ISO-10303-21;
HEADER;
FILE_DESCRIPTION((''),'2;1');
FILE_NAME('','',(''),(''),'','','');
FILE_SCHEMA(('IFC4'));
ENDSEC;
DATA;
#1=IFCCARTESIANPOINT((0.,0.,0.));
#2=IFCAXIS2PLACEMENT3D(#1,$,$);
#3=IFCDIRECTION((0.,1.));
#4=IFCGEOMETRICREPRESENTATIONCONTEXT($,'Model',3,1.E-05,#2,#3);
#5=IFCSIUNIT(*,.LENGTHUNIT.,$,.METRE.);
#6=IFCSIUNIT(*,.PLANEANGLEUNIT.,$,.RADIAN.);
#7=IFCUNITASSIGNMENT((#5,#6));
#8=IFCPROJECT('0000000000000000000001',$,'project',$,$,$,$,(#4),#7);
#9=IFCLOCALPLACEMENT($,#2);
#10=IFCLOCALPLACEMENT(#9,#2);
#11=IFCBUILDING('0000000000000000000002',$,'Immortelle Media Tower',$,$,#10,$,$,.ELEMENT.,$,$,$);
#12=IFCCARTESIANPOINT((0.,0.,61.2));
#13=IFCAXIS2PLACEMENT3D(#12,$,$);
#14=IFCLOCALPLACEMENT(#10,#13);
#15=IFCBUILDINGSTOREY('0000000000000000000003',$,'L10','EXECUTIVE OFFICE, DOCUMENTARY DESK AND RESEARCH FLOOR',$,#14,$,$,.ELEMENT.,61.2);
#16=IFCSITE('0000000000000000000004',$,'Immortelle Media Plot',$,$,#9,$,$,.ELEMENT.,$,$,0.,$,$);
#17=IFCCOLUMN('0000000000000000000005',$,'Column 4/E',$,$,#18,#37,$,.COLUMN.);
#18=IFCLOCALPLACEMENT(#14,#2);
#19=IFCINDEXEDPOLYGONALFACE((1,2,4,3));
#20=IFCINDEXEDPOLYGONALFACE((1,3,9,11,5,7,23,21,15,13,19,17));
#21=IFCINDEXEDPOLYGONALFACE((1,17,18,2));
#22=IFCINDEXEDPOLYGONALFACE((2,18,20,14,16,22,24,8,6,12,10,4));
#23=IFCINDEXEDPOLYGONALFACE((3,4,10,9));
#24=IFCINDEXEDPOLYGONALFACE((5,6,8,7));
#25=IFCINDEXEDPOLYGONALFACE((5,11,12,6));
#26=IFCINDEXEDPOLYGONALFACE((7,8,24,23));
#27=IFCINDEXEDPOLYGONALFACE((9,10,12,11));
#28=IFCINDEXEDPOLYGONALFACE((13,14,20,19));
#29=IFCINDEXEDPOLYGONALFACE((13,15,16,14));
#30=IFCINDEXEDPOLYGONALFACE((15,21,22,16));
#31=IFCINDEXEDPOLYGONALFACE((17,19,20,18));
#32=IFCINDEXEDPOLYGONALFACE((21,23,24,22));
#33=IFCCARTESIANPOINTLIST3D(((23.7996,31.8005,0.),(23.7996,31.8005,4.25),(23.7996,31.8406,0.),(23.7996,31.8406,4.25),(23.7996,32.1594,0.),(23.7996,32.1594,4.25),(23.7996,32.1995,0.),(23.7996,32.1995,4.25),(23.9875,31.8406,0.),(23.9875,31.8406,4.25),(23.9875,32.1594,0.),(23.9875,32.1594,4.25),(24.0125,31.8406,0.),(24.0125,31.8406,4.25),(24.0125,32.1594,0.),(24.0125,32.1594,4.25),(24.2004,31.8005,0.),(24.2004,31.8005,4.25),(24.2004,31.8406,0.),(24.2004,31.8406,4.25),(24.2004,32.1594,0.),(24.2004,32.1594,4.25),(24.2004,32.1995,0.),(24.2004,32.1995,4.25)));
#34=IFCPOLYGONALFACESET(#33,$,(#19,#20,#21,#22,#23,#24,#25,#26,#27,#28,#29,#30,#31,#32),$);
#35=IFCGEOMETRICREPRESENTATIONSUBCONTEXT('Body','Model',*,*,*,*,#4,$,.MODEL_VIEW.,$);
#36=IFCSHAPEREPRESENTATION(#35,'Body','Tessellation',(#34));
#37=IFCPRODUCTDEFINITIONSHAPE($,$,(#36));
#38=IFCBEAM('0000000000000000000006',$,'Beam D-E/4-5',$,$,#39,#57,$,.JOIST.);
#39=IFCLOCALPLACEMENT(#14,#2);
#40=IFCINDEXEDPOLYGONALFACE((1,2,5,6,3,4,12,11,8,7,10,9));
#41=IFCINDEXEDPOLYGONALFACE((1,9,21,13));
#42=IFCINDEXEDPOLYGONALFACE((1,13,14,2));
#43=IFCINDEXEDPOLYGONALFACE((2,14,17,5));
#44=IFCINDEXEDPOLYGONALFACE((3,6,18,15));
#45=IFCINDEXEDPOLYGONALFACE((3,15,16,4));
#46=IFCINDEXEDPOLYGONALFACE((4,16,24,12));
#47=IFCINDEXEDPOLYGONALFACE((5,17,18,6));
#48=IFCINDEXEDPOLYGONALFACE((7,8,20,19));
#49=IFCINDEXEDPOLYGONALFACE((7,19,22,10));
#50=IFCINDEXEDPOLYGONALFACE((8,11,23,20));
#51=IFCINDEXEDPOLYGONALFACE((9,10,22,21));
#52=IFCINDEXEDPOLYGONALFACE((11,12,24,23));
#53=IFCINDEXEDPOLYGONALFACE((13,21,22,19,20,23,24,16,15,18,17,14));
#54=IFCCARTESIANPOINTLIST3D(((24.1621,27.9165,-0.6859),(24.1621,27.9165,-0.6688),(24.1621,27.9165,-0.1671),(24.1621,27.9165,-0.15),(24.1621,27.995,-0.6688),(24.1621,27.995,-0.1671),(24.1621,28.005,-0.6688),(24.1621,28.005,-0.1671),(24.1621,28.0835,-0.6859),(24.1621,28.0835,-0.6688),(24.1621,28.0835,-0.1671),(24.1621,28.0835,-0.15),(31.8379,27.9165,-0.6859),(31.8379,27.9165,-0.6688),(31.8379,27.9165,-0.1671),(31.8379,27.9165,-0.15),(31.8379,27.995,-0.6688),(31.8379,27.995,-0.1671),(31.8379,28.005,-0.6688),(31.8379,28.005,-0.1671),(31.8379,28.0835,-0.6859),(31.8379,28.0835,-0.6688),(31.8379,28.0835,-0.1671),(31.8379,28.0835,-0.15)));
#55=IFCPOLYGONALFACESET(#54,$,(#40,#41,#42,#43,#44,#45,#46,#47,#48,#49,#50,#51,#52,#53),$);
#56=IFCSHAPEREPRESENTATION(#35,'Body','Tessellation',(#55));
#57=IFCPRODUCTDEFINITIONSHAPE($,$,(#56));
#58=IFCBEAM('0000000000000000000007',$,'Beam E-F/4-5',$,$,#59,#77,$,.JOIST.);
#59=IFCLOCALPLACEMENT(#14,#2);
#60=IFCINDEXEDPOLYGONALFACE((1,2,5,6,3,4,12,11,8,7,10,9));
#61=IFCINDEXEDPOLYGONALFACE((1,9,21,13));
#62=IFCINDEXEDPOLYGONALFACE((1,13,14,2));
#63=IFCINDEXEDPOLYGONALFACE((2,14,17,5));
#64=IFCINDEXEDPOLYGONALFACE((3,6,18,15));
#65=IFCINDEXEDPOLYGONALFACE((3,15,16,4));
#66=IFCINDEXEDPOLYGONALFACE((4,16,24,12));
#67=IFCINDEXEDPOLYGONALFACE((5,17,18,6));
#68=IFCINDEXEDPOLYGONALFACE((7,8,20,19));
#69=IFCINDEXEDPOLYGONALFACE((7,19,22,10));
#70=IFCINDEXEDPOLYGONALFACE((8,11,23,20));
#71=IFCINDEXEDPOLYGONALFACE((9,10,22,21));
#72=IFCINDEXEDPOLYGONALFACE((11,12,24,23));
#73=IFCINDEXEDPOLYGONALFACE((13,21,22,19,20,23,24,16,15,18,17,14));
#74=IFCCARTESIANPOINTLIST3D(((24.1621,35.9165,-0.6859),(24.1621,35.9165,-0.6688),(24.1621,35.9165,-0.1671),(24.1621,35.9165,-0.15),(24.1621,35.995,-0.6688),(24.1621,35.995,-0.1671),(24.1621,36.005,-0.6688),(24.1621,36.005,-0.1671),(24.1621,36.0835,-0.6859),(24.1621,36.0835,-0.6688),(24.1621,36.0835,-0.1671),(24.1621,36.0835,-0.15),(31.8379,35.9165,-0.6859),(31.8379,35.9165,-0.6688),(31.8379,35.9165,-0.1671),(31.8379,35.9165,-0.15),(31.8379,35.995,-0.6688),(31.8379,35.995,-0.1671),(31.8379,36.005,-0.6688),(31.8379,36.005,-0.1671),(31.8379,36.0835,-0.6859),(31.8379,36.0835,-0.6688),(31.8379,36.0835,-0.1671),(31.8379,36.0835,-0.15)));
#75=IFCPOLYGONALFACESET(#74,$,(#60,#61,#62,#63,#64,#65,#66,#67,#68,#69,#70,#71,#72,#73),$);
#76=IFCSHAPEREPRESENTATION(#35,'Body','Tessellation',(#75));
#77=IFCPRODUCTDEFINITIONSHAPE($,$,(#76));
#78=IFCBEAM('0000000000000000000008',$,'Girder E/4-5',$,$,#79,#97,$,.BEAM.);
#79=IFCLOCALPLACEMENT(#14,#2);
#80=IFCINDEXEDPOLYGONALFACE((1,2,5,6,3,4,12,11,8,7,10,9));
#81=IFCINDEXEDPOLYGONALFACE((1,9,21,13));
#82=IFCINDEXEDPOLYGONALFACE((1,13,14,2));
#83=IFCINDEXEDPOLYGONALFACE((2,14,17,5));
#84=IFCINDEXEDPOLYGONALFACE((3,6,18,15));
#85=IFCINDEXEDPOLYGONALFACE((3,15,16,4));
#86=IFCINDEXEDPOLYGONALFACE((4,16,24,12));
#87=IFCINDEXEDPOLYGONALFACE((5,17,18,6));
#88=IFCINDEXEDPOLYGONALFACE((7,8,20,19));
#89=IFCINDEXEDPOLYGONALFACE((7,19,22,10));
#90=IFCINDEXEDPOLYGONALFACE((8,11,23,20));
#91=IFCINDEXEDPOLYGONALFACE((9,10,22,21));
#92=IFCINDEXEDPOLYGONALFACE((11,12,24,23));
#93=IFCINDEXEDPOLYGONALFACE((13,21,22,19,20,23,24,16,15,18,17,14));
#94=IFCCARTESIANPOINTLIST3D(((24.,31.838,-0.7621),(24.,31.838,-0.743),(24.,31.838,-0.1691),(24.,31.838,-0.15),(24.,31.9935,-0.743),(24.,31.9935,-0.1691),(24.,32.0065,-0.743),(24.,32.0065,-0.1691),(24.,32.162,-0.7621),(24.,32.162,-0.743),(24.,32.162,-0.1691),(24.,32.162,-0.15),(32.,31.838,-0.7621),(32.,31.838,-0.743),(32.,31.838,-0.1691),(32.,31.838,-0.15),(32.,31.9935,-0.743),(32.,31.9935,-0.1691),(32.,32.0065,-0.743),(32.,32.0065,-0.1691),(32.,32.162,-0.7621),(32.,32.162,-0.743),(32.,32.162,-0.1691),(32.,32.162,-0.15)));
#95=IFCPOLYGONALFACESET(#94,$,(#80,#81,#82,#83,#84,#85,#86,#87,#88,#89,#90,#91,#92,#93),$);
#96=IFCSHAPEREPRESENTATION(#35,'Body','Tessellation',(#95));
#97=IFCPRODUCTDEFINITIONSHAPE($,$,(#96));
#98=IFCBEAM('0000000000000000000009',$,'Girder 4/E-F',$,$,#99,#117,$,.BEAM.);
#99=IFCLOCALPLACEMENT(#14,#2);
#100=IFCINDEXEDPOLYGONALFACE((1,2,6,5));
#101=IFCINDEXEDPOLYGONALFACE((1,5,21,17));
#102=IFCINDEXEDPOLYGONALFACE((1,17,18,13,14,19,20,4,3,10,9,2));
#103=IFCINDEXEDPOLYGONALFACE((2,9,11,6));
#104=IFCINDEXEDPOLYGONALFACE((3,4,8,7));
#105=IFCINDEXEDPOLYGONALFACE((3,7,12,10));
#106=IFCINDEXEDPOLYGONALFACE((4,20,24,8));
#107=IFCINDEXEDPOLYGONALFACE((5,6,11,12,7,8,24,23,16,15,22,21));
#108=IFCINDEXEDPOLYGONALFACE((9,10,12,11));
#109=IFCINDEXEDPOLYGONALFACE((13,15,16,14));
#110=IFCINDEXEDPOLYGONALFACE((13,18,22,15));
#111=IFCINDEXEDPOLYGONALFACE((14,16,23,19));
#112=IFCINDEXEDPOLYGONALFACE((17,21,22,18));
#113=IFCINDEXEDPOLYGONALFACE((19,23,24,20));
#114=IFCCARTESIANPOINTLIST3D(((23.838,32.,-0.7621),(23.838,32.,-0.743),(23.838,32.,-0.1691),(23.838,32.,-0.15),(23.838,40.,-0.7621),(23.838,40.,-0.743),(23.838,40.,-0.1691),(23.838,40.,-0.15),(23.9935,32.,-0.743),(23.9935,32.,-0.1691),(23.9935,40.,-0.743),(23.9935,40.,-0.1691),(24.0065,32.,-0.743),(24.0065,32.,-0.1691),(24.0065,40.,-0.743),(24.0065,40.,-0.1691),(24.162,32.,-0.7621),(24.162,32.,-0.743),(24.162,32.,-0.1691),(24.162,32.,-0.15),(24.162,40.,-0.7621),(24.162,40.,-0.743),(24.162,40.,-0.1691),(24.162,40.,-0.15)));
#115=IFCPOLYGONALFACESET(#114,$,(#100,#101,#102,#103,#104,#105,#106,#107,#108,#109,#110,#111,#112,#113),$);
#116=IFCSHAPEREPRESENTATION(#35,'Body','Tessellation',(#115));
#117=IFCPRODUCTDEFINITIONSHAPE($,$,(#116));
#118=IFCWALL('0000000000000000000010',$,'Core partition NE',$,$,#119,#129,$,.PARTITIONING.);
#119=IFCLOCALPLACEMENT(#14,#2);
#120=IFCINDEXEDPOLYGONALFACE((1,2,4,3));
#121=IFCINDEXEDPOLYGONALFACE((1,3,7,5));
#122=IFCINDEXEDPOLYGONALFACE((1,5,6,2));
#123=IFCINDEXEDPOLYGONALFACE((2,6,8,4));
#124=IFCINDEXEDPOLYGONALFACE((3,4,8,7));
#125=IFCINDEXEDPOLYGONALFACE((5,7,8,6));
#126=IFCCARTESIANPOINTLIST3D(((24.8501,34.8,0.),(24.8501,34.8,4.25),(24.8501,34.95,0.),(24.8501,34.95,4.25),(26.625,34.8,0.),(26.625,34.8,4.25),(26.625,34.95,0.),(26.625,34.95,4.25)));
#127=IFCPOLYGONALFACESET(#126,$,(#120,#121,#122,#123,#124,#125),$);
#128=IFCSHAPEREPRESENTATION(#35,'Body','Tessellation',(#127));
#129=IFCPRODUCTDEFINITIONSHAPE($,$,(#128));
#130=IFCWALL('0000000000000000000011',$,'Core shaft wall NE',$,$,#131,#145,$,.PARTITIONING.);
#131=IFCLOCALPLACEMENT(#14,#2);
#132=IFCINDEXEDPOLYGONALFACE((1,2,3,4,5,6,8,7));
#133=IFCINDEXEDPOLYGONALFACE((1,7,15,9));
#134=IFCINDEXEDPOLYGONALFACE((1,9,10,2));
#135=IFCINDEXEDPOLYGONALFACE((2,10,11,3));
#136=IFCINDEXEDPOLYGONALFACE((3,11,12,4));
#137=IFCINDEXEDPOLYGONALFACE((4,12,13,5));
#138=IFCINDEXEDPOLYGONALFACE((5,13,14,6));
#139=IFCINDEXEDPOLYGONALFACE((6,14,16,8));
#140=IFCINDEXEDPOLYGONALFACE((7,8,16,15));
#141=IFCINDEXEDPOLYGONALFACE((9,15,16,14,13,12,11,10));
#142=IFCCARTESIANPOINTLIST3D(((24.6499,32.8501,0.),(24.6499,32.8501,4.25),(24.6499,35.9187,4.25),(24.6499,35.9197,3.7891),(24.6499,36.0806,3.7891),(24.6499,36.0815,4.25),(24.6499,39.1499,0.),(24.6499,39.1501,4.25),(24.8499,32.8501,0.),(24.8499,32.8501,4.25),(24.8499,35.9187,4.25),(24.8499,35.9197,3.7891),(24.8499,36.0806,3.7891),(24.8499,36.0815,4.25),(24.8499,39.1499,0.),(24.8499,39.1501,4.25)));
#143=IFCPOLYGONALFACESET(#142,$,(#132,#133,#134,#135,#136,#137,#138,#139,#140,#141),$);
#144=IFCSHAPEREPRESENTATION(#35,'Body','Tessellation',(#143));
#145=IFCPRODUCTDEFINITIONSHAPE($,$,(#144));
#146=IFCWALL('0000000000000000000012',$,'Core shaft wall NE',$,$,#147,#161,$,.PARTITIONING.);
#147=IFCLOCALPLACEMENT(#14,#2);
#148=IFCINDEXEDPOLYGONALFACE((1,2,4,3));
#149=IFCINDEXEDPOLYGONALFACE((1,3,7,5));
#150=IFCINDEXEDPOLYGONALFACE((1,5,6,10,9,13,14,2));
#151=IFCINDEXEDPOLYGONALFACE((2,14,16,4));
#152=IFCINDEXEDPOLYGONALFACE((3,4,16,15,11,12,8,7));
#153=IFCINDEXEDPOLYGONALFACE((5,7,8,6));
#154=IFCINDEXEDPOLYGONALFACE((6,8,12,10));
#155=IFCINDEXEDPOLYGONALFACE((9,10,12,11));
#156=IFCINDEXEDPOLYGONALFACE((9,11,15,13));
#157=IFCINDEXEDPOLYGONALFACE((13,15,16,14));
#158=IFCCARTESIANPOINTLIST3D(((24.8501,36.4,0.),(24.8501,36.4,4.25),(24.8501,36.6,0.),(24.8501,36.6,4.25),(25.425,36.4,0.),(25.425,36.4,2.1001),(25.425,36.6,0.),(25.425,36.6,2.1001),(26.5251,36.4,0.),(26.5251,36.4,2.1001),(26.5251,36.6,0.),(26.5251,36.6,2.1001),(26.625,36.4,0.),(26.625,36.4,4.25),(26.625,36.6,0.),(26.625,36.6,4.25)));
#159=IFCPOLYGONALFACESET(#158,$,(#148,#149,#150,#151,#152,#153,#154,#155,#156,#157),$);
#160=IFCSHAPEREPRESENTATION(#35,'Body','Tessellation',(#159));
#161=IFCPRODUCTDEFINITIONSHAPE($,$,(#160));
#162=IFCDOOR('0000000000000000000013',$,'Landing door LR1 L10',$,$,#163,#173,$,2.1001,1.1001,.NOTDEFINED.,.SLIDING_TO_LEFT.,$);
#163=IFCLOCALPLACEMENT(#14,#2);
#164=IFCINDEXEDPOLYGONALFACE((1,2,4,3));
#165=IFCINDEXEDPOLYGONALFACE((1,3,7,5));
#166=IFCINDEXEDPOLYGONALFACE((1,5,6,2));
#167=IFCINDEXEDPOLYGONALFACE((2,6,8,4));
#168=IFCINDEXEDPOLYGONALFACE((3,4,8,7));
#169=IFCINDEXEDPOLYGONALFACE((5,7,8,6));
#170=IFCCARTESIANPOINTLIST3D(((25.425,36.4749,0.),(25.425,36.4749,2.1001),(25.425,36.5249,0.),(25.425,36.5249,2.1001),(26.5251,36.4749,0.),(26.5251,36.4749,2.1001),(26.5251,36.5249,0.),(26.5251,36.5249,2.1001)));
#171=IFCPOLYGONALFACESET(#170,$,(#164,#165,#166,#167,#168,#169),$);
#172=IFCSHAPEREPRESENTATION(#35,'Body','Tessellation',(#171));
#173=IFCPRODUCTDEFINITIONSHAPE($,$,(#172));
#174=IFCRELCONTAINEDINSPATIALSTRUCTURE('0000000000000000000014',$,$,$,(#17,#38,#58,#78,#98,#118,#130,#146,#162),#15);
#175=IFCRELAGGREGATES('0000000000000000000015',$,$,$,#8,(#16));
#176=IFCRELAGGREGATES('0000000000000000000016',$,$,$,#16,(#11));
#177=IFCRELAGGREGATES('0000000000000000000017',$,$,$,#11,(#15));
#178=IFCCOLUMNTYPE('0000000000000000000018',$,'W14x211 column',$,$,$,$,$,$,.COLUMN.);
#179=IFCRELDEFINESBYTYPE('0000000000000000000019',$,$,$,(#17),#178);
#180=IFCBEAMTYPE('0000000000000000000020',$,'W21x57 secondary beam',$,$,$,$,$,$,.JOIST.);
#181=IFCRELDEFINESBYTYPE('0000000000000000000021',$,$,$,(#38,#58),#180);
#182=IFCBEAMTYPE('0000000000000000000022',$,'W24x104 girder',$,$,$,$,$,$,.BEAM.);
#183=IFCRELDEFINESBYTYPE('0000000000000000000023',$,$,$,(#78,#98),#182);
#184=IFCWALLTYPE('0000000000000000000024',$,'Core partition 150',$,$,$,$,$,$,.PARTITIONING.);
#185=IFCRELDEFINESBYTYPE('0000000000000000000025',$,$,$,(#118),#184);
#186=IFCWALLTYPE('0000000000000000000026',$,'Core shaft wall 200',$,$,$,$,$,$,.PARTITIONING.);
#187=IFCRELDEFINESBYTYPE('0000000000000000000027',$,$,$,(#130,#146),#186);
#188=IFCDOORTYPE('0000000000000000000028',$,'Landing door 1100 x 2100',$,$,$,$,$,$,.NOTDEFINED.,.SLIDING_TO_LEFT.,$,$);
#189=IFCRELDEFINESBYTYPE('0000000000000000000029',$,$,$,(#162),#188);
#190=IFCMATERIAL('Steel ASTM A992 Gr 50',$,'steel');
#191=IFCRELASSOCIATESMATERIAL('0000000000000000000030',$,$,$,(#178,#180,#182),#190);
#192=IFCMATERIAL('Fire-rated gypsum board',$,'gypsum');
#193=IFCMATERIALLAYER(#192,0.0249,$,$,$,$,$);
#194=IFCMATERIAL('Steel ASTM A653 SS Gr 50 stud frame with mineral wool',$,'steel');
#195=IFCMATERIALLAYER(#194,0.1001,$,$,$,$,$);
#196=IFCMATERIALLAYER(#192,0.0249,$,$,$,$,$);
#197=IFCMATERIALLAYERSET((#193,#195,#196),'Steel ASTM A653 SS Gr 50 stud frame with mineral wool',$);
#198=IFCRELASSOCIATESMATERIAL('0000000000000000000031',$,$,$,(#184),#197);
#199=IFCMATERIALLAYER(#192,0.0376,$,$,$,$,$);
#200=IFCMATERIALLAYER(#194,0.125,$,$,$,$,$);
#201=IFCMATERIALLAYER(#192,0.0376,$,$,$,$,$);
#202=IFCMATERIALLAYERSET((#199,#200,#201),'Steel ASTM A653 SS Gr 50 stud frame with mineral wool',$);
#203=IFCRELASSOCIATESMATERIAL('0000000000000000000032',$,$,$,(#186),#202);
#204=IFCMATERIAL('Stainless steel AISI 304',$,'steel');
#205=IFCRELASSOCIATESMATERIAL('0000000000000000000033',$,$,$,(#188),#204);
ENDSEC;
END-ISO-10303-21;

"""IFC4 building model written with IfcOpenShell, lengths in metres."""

from ifc_helpers import new_model, si_unit, direction, frame, frame_2d, origin, origin_2d, place, context, subcontext, project, spatial, polyline, rectangle, i_section, outline, extrude, material, layer, layer_set, material_profile, profile_set, type_object, element, fill, save


model = new_model("IFC4")

# Units and contexts
model_context = context("Model", 3, precision=1e-05, world=origin(), true_north=direction((0.0, 1.0)))
body_context = subcontext(model_context, "Body", "Model", "MODEL_VIEW")
ifc_project = project(units=[si_unit("LENGTHUNIT", "METRE"), si_unit("PLANEANGLEUNIT", "RADIAN")], contexts=[model_context])

# Site, building, storey
site_placement = place(None, origin())
site = spatial("IfcSite", under=ifc_project, at=site_placement, Name="Immortelle Media Plot", CompositionType="ELEMENT", RefElevation=0.0)
building_placement = place(site_placement, origin())
building = spatial("IfcBuilding", under=site, at=building_placement, Name="Immortelle Media Tower", CompositionType="ELEMENT")
storey_placement = place(building_placement, frame((0.0, 0.0, 61.2)))
storey = spatial("IfcBuildingStorey", under=building, at=storey_placement, Name="L10", Description="EXECUTIVE OFFICE, DOCUMENTARY DESK AND RESEARCH FLOOR", CompositionType="ELEMENT", Elevation=61.2)

# Column
ifc_material_1 = material(Name="Steel ASTM A992 Gr 50", Category="steel")
ifc_material_profile_1 = material_profile(ifc_material_1, i_section(OverallWidth=0.4009, OverallDepth=0.3989, WebThickness=0.0249, FlangeThickness=0.04, at=origin_2d()), Name="W14x211")
ifc_profile_set_1 = profile_set([ifc_material_profile_1], Name="Steel ASTM A992 Gr 50")
column_type = type_object("IfcColumnType", Name="W14x211 column", PredefinedType="COLUMN", material=ifc_profile_set_1)
column_placement = place(storey_placement, frame((24.0, 32.0, 0.0), z_axis=(0.0, 0.0, 1.0), x_axis=(1.0, 0.0, 0.0)))
element("IfcColumn", 1, at=column_placement, inside=storey, type_object=column_type, Name="Column 4/E", PredefinedType="COLUMN", context=body_context, shape_type="SweptSolid", body=[
    extrude(i_section(OverallWidth=0.4009, OverallDepth=0.3989, WebThickness=0.0249, FlangeThickness=0.04, at=origin_2d()), origin(), (0.0, 0.0, 1.0), 4.25),
])

# Beams
ifc_material_profile_2 = material_profile(ifc_material_1, i_section(OverallWidth=0.167, OverallDepth=0.5359, WebThickness=0.01, FlangeThickness=0.0171, at=origin_2d()), Name="W21x57")
ifc_profile_set_2 = profile_set([ifc_material_profile_2], Name="Steel ASTM A992 Gr 50")
beam_type_1 = type_object("IfcBeamType", Name="W21x57 secondary beam", PredefinedType="JOIST", material=ifc_profile_set_2)
for number, where, z_axis, x_axis, name in (
    (2, (24.1621, 28.0, -0.418), (1.0, 0.0, 0.0), (0.0, 1.0, 0.0), "Beam D-E/4-5"),
    (3, (24.1621, 36.0, -0.418), (1.0, 0.0, 0.0), (0.0, 1.0, 0.0), "Beam E-F/4-5"),
):
    element("IfcBeam", number, at=place(storey_placement, frame(where, z_axis=z_axis, x_axis=x_axis)), inside=storey, type_object=beam_type_1, Name=name, PredefinedType="JOIST", context=body_context, shape_type="SweptSolid", body=[
        extrude(i_section(OverallWidth=0.167, OverallDepth=0.5359, WebThickness=0.01, FlangeThickness=0.0171, at=origin_2d()), origin(), (0.0, 0.0, 1.0), 7.6758),
    ])
ifc_material_profile_3 = material_profile(ifc_material_1, i_section(OverallWidth=0.324, OverallDepth=0.6121, WebThickness=0.0129, FlangeThickness=0.019, at=origin_2d()), Name="W24x104")
ifc_profile_set_3 = profile_set([ifc_material_profile_3], Name="Steel ASTM A992 Gr 50")
beam_type_2 = type_object("IfcBeamType", Name="W24x104 girder", PredefinedType="BEAM", material=ifc_profile_set_3)
for number, where, z_axis, x_axis, name in (
    (4, (24.0, 32.0, -0.4561), (1.0, 0.0, 0.0), (0.0, 1.0, 0.0), "Girder E/4-5"),
    (5, (24.0, 32.0, -0.4561), (0.0, 1.0, 0.0), (-1.0, 0.0, 0.0), "Girder 4/E-F"),
):
    element("IfcBeam", number, at=place(storey_placement, frame(where, z_axis=z_axis, x_axis=x_axis)), inside=storey, type_object=beam_type_2, Name=name, PredefinedType="BEAM", context=body_context, shape_type="SweptSolid", body=[
        extrude(i_section(OverallWidth=0.324, OverallDepth=0.6121, WebThickness=0.0129, FlangeThickness=0.019, at=origin_2d()), origin(), (0.0, 0.0, 1.0), 8.0),
    ])

# Walls
ifc_material_2 = material(Name="Fire-rated gypsum board", Category="gypsum")
ifc_layer_1 = layer(ifc_material_2, 0.0249)
ifc_material_3 = material(Name="Steel ASTM A653 SS Gr 50 stud frame with mineral wool", Category="steel")
ifc_layer_2 = layer(ifc_material_3, 0.1001)
ifc_layer_3 = layer(ifc_material_2, 0.0249)
ifc_layer_set_1 = layer_set([ifc_layer_1, ifc_layer_2, ifc_layer_3], Name="Steel ASTM A653 SS Gr 50 stud frame with mineral wool")
wall_type_1 = type_object("IfcWallType", Name="Core partition 150", PredefinedType="PARTITIONING", material=ifc_layer_set_1)
wall_1_placement = place(storey_placement, frame((24.8501, 34.875, 0.0), z_axis=(0.0, 0.0, 1.0), x_axis=(1.0, 0.0, 0.0)))
element("IfcWall", 6, at=wall_1_placement, inside=storey, type_object=wall_type_1, Name="Core partition NE", PredefinedType="PARTITIONING", context=body_context, shape_type="SweptSolid", body=[
    extrude(rectangle(XDim=1.7749, YDim=0.1499, at=frame_2d((0.8875, 0.0))), origin(), (0.0, 0.0, 1.0), 4.25),
])
ifc_layer_4 = layer(ifc_material_2, 0.0376)
ifc_layer_5 = layer(ifc_material_3, 0.125)
ifc_layer_6 = layer(ifc_material_2, 0.0376)
ifc_layer_set_2 = layer_set([ifc_layer_4, ifc_layer_5, ifc_layer_6], Name="Steel ASTM A653 SS Gr 50 stud frame with mineral wool")
wall_type_2 = type_object("IfcWallType", Name="Core shaft wall 200", PredefinedType="PARTITIONING", material=ifc_layer_set_2)
wall_2_placement = place(storey_placement, frame((24.75, 32.8501, 0.0), z_axis=(0.0, 0.0, 1.0), x_axis=(0.0, 1.0, 0.0)))
element("IfcWall", 7, at=wall_2_placement, inside=storey, type_object=wall_type_2, Name="Core shaft wall NE", PredefinedType="PARTITIONING", context=body_context, shape_type="SweptSolid", body=[
    extrude(outline(polyline([(0.0, 0.0), (6.2998, 0.0), (6.3, 4.25), (3.2314, 4.25), (3.2305, 3.7891), (3.0696, 3.7891), (3.0686, 4.25), (0.0, 4.25), (0.0, 0.0)])), frame((0.0, 0.1001, 0.0), z_axis=(0.0, -1.0, 0.0), x_axis=(1.0, 0.0, 0.0)), (0.0, 0.0, 1.0), 0.2),
])

# Wall, opening, door
wall_3_placement = place(storey_placement, frame((24.8501, 36.5, 0.0), z_axis=(0.0, 0.0, 1.0), x_axis=(1.0, 0.0, 0.0)))
wall_3 = element("IfcWall", 8, at=wall_3_placement, inside=storey, type_object=wall_type_2, Name="Core shaft wall NE", PredefinedType="PARTITIONING", context=body_context, shape_type="SweptSolid", body=[
    extrude(rectangle(XDim=1.7749, YDim=0.2, at=frame_2d((0.8875, 0.0))), origin(), (0.0, 0.0, 1.0), 4.25),
])
opening_1_placement = place(wall_3_placement, frame((0.575, 0.0, 0.0)))
opening_1 = element("IfcOpeningElement", 9, at=opening_1_placement, cuts=wall_3, PredefinedType="OPENING", context=body_context, shape_type="SweptSolid", body=[
    extrude(rectangle(XDim=1.1001, YDim=2.1001, at=frame_2d((0.55, 1.05))), frame((0.0, 0.1099, 0.0), z_axis=(0.0, -1.0, 0.0), x_axis=(1.0, 0.0, 0.0)), (0.0, 0.0, 1.0), 0.22),
])
ifc_material_4 = material(Name="Stainless steel AISI 304", Category="steel")
door_type_1 = type_object("IfcDoorType", Name="Landing door 1100 x 2100", OperationType="SLIDING_TO_LEFT", PredefinedType="NOTDEFINED", material=ifc_material_4)
door_1_placement = place(opening_1_placement, origin())
door_1 = element("IfcDoor", 10, at=door_1_placement, inside=storey, type_object=door_type_1, Name="Landing door LR1 L10", OperationType="SLIDING_TO_LEFT", OverallHeight=2.1001, OverallWidth=1.1001, PredefinedType="NOTDEFINED", context=body_context, shape_type="SweptSolid", body=[
    extrude(rectangle(XDim=1.1001, YDim=2.1001, at=frame_2d((0.55, 1.05))), frame((0.0, 0.0249, 0.0), z_axis=(0.0, -1.0, 0.0), x_axis=(1.0, 0.0, 0.0)), (0.0, 0.0, 1.0), 0.05),
])
fill(opening_1, door_1)

save(model, "model.ifc")
